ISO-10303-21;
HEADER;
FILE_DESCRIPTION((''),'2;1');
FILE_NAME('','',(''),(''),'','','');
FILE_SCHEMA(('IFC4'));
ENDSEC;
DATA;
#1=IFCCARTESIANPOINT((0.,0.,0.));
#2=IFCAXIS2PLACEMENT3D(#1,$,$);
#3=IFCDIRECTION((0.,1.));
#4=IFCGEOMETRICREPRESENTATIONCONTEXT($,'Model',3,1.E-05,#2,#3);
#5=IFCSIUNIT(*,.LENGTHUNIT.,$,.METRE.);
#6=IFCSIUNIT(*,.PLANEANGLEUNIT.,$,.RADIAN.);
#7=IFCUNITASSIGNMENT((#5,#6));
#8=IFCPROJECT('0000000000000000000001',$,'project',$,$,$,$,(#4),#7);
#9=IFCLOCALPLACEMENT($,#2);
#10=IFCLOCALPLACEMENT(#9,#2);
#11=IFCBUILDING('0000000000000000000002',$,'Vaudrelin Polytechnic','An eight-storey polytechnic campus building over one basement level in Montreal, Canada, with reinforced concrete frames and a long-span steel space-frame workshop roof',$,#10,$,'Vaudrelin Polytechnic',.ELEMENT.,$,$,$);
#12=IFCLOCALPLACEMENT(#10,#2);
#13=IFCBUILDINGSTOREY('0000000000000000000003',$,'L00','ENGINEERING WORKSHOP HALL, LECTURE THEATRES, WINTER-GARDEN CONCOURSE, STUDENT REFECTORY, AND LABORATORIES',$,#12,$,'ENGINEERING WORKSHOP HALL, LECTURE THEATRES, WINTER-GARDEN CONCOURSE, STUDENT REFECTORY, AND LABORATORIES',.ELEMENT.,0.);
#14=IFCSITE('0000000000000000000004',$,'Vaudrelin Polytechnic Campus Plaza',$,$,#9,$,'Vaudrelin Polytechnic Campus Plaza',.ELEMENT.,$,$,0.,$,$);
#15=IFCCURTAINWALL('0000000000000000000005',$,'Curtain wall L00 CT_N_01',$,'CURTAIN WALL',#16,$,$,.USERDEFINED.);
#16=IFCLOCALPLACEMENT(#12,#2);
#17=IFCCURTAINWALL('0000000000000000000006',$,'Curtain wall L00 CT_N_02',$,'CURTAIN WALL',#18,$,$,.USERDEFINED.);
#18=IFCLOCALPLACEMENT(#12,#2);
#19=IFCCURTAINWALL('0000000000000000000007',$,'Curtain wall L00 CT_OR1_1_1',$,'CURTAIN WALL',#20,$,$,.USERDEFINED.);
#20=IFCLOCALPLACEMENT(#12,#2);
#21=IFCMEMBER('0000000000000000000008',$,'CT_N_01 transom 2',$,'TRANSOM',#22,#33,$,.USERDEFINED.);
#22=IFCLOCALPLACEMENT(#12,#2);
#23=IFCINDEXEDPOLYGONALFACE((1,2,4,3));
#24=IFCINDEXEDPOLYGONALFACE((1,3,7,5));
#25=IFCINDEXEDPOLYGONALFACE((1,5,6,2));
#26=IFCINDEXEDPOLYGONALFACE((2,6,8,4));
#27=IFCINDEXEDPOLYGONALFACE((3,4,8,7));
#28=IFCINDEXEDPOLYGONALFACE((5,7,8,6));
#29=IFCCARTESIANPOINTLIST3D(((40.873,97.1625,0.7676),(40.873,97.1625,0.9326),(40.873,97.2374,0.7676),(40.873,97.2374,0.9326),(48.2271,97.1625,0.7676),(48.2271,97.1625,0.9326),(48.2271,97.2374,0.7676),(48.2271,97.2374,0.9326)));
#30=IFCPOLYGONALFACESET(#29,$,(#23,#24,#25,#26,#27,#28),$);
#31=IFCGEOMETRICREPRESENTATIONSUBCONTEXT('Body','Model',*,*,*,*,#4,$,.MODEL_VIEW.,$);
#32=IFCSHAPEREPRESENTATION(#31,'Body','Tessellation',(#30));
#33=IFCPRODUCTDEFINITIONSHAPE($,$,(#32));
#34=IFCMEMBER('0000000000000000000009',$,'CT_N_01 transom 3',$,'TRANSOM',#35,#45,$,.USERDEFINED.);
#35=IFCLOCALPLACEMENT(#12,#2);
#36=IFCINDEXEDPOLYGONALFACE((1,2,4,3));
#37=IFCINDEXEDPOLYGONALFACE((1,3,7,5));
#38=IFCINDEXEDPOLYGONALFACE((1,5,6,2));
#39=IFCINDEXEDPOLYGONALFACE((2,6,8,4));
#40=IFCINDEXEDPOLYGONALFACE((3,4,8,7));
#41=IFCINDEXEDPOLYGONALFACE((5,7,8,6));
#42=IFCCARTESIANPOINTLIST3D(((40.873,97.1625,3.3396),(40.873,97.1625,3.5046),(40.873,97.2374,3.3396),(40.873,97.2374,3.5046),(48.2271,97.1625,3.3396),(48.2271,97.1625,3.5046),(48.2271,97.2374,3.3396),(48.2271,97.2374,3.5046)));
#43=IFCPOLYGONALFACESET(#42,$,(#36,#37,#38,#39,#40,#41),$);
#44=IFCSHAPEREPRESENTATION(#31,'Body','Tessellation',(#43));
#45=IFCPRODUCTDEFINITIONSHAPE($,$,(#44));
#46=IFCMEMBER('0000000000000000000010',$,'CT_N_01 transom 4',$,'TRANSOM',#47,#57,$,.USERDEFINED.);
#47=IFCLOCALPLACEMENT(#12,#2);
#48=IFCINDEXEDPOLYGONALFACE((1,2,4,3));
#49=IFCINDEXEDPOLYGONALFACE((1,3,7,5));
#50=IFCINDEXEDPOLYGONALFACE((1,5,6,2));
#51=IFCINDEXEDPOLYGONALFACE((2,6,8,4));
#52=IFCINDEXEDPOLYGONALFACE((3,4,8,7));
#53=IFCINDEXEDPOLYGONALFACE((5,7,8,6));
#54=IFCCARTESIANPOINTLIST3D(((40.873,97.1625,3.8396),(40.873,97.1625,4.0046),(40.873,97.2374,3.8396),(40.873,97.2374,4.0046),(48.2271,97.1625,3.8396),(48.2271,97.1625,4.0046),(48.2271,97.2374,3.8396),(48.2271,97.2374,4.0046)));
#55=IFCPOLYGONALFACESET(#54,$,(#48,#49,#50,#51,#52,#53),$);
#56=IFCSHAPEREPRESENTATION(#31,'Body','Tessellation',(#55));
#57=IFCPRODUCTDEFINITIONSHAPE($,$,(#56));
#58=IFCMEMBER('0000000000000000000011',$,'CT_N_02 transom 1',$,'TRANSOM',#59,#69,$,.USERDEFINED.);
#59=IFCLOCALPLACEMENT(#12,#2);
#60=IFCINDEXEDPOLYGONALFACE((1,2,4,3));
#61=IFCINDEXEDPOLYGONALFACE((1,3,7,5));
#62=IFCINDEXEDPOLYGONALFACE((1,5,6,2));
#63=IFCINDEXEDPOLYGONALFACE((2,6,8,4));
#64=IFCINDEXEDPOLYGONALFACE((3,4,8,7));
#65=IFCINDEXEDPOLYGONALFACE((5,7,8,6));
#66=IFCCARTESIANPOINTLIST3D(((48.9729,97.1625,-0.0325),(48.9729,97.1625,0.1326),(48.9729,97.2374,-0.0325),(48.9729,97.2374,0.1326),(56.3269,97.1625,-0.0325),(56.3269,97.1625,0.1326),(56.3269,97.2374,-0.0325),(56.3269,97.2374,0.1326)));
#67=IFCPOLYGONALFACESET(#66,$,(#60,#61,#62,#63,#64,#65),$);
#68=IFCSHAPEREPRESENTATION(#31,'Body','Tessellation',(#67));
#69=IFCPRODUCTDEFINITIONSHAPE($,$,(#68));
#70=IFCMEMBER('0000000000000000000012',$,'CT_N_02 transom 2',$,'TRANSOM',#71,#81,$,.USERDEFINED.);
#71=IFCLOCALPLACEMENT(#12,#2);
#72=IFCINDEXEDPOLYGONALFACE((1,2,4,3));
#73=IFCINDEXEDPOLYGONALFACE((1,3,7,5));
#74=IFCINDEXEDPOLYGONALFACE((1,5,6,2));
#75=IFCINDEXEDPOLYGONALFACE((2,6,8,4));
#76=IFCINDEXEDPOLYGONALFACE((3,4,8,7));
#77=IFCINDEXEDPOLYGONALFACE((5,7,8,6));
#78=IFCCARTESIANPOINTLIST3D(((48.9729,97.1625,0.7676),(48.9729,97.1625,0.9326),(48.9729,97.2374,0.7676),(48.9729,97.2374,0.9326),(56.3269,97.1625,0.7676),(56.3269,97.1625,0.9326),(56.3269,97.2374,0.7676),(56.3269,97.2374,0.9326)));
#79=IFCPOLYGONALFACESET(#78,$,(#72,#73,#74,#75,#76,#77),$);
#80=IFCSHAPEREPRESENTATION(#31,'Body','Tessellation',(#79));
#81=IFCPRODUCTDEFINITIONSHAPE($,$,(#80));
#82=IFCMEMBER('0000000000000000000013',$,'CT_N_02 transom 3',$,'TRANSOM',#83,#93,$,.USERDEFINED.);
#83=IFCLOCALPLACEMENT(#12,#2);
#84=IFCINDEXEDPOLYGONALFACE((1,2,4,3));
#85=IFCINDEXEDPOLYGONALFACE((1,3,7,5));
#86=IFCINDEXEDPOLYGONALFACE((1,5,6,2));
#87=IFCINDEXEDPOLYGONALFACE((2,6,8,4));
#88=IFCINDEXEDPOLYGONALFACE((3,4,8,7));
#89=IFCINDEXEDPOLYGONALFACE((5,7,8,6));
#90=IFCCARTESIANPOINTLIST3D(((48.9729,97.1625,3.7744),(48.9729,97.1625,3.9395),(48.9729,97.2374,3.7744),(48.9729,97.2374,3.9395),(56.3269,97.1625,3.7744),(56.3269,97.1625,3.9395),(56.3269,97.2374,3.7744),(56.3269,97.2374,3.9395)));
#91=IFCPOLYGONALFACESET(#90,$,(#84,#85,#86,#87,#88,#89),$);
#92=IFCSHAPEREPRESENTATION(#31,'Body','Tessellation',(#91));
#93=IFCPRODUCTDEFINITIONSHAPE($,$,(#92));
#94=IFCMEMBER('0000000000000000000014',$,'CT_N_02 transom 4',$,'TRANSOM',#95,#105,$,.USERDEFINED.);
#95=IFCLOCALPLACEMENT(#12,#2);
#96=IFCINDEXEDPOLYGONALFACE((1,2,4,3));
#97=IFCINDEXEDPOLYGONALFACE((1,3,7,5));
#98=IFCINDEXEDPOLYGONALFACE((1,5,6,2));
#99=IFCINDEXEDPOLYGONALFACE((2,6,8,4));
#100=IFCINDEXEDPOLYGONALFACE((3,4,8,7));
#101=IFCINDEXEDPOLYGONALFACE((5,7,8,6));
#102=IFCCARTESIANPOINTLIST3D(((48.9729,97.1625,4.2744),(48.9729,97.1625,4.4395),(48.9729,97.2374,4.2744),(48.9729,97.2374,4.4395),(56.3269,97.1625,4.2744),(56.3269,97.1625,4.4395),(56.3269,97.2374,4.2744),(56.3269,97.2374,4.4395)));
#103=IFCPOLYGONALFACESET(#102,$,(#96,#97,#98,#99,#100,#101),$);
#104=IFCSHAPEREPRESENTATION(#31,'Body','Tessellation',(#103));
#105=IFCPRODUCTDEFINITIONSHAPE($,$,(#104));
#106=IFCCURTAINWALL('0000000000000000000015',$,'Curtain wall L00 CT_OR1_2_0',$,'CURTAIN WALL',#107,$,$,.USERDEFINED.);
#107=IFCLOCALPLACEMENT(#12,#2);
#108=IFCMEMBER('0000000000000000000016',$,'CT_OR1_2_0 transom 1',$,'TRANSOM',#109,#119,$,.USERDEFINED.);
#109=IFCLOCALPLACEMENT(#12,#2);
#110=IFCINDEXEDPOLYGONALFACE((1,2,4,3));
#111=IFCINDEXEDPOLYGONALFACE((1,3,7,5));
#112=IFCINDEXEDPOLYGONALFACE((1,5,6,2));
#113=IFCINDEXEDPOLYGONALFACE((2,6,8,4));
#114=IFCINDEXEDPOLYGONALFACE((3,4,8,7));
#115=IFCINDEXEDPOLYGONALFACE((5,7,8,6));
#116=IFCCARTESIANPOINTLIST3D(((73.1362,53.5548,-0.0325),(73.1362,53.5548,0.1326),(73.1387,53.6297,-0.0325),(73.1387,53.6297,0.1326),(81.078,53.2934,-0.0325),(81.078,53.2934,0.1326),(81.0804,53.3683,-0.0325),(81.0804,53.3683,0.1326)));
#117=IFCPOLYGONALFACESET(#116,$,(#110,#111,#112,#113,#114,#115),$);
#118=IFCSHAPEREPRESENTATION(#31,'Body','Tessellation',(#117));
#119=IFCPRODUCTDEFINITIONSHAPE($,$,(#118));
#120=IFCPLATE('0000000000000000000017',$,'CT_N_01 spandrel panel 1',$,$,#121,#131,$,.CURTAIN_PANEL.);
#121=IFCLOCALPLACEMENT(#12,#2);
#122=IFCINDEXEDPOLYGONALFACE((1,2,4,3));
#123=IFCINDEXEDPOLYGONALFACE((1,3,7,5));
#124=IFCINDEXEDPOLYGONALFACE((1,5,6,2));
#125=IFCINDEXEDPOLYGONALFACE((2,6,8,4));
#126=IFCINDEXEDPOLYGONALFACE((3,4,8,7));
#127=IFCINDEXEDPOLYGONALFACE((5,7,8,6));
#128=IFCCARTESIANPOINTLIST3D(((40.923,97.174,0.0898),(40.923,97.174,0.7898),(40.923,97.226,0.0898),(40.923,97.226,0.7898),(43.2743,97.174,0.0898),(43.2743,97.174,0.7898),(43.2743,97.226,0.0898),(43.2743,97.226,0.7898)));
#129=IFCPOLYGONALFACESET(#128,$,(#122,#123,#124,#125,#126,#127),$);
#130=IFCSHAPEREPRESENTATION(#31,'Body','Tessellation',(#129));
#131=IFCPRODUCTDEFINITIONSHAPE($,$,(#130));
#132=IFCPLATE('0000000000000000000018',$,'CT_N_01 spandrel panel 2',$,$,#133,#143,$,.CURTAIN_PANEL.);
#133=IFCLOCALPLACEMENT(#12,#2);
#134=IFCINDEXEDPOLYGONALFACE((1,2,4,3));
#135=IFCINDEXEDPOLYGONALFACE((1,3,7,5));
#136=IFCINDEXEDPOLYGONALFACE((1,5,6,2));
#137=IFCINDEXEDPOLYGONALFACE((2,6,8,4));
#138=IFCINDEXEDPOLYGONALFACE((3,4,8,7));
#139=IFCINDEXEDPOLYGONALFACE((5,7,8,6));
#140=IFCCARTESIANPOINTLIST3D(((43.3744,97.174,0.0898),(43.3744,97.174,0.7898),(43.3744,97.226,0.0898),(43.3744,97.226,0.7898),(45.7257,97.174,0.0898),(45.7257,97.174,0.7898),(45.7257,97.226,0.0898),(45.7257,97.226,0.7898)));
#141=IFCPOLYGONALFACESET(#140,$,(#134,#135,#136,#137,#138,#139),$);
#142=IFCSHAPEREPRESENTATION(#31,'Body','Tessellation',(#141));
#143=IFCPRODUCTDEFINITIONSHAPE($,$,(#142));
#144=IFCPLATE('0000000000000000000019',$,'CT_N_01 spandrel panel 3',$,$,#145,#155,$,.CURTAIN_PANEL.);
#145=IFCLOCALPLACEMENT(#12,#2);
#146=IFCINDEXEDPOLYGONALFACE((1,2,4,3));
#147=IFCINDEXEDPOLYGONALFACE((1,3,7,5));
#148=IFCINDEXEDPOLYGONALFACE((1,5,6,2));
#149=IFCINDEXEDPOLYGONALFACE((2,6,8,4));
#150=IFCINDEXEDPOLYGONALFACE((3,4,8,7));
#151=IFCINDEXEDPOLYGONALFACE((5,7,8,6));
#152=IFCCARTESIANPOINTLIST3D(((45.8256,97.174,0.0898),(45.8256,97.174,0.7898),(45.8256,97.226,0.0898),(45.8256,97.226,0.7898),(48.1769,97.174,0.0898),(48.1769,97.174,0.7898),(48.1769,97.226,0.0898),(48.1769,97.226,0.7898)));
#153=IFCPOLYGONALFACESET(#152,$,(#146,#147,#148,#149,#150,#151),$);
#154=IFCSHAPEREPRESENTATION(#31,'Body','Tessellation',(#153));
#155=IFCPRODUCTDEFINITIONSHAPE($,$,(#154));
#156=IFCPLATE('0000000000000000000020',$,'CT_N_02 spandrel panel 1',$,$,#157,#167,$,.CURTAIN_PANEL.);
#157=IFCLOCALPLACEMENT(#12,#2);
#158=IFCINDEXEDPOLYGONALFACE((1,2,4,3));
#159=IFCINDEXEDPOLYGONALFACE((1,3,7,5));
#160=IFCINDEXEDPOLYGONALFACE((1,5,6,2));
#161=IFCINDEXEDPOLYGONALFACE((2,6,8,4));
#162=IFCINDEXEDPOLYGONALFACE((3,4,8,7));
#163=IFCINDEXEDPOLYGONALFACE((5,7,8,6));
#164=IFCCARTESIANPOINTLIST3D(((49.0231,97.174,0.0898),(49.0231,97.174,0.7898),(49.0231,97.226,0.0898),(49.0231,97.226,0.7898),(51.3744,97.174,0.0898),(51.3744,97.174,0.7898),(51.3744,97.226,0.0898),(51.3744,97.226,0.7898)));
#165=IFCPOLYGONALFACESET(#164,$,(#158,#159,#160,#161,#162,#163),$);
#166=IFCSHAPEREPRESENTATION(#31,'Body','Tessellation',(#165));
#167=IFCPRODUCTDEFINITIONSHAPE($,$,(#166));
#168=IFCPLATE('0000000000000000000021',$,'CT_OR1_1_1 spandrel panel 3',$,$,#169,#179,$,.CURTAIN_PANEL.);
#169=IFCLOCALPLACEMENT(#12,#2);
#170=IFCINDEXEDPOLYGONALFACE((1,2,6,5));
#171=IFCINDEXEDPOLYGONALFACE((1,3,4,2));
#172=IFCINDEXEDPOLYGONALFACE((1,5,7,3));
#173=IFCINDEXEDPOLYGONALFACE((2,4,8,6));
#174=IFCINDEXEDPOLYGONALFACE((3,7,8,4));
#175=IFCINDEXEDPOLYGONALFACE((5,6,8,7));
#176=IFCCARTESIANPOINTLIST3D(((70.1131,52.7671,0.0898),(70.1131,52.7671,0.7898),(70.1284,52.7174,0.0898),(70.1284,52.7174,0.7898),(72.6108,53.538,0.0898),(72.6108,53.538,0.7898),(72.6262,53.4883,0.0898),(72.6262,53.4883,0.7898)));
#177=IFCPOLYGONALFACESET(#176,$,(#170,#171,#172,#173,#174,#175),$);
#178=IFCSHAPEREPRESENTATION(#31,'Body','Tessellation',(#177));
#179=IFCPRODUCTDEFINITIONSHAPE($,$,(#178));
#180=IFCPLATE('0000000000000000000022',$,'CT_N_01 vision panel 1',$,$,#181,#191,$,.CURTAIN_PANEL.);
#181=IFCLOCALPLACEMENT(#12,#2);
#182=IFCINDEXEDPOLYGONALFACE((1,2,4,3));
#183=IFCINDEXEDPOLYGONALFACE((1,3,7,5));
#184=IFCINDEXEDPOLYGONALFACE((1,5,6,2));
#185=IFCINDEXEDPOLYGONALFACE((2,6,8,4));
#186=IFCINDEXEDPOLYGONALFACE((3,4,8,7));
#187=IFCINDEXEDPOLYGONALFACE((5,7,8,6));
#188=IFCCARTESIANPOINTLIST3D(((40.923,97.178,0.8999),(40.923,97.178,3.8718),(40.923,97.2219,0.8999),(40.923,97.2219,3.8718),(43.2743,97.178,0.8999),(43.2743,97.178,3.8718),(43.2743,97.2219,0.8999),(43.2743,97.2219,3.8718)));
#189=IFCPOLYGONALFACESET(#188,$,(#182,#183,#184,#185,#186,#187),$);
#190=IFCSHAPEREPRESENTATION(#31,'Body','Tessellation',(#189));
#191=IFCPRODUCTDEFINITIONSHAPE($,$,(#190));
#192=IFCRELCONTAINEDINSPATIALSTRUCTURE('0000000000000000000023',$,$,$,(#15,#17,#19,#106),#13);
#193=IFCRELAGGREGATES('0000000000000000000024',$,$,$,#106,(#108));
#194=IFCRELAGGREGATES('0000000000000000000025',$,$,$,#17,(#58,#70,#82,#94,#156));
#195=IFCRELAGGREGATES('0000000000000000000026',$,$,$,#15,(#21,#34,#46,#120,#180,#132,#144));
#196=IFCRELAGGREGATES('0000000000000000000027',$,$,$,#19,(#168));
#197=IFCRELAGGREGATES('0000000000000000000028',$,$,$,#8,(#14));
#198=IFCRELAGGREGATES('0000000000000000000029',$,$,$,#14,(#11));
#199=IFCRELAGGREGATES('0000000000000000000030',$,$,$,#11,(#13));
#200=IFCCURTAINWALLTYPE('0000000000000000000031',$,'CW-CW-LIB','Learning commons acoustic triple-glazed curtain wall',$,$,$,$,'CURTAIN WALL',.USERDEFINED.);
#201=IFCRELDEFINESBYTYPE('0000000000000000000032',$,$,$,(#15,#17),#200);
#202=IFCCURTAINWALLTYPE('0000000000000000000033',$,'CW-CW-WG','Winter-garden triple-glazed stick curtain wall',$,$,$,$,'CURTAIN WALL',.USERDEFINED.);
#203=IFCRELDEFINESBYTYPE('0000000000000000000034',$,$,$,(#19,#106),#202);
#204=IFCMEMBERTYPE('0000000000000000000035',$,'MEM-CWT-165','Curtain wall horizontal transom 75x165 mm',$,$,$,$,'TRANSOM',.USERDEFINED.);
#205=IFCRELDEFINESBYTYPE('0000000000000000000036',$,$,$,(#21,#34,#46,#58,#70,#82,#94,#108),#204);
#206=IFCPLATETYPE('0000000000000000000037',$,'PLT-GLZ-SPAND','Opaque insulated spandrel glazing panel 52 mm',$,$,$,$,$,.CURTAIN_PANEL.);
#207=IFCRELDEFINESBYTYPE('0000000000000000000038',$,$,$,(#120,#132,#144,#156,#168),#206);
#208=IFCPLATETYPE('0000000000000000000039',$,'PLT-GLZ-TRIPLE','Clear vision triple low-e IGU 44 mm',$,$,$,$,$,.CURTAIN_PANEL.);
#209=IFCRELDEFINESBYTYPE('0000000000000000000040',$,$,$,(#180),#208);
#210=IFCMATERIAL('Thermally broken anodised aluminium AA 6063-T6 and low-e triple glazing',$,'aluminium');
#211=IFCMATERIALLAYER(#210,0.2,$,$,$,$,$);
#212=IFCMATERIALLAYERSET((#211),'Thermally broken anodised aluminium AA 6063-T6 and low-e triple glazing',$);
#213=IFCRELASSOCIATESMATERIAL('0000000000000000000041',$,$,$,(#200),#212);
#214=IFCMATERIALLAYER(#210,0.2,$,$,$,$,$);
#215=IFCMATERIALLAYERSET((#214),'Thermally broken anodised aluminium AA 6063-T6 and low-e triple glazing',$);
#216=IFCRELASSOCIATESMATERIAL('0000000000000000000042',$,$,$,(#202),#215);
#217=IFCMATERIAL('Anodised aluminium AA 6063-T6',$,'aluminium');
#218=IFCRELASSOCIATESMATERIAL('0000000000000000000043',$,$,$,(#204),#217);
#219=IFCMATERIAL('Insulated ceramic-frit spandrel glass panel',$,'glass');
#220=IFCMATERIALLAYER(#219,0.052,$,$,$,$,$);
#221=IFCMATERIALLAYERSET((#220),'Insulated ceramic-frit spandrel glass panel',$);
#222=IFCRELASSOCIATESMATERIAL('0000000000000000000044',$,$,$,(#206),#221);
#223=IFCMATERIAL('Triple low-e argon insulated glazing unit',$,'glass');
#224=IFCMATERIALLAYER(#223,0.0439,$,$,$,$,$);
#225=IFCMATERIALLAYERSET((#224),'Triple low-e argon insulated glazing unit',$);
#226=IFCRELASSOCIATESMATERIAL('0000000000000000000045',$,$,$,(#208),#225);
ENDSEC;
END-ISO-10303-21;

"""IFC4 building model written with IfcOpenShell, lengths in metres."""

from ifc_helpers import new_model, si_unit, direction, frame, origin, origin_2d, place, context, subcontext, project, spatial, rectangle, extrude, material, layer, layer_set, material_profile, profile_set, type_object, element, aggregate, save


model = new_model("IFC4")

# Units and contexts
model_context = context("Model", 3, precision=1e-05, world=origin(), true_north=direction((0.0, 1.0)))
body_context = subcontext(model_context, "Body", "Model", "MODEL_VIEW")
ifc_project = project(units=[si_unit("LENGTHUNIT", "METRE"), si_unit("PLANEANGLEUNIT", "RADIAN")], contexts=[model_context])

# Site, building, storey
site_placement = place(None, origin())
site = spatial("IfcSite", under=ifc_project, at=site_placement, Name="Vaudrelin Polytechnic Campus Plaza", LongName="Vaudrelin Polytechnic Campus Plaza", CompositionType="ELEMENT", RefElevation=0.0)
building_placement = place(site_placement, origin())
building = spatial("IfcBuilding", under=site, at=building_placement, Name="Vaudrelin Polytechnic", Description="An eight-storey polytechnic campus building over one basement level in Montreal, Canada, with reinforced concrete frames and a long-span steel space-frame workshop roof", LongName="Vaudrelin Polytechnic", CompositionType="ELEMENT")
storey_placement = place(building_placement, origin())
storey = spatial("IfcBuildingStorey", under=building, at=storey_placement, Name="L00", Description="ENGINEERING WORKSHOP HALL, LECTURE THEATRES, WINTER-GARDEN CONCOURSE, STUDENT REFECTORY, AND LABORATORIES", LongName="ENGINEERING WORKSHOP HALL, LECTURE THEATRES, WINTER-GARDEN CONCOURSE, STUDENT REFECTORY, AND LABORATORIES", CompositionType="ELEMENT", Elevation=0.0)

# Shared definitions
ifc_material_1 = material(Name="Thermally broken anodised aluminium AA 6063-T6 and low-e triple glazing", Category="aluminium")
ifc_layer_1 = layer(ifc_material_1, 0.2)
ifc_layer_set_1 = layer_set([ifc_layer_1], Name="Thermally broken anodised aluminium AA 6063-T6 and low-e triple glazing")
curtain_wall_type_1 = type_object("IfcCurtainWallType", Name="CW-CW-LIB", Description="Learning commons acoustic triple-glazed curtain wall", ElementType="CURTAIN WALL", PredefinedType="USERDEFINED", material=ifc_layer_set_1)
ifc_material_2 = material(Name="Anodised aluminium AA 6063-T6", Category="aluminium")

# Curtain wall
curtain_wall_1_placement = place(storey_placement, origin())
curtain_wall_1 = element("IfcCurtainWall", 1, at=curtain_wall_1_placement, inside=storey, type_object=curtain_wall_type_1, Name="Curtain wall L00 CT_N_01", ObjectType="CURTAIN WALL", PredefinedType="USERDEFINED")

# Curtain wall
curtain_wall_2_placement = place(storey_placement, origin())
curtain_wall_2 = element("IfcCurtainWall", 2, at=curtain_wall_2_placement, inside=storey, type_object=curtain_wall_type_1, Name="Curtain wall L00 CT_N_02", ObjectType="CURTAIN WALL", PredefinedType="USERDEFINED")

# Curtain wall
ifc_layer_2 = layer(ifc_material_1, 0.2)
ifc_layer_set_2 = layer_set([ifc_layer_2], Name="Thermally broken anodised aluminium AA 6063-T6 and low-e triple glazing")
curtain_wall_type_2 = type_object("IfcCurtainWallType", Name="CW-CW-WG", Description="Winter-garden triple-glazed stick curtain wall", ElementType="CURTAIN WALL", PredefinedType="USERDEFINED", material=ifc_layer_set_2)
curtain_wall_3_placement = place(storey_placement, origin())
curtain_wall_3 = element("IfcCurtainWall", 3, at=curtain_wall_3_placement, inside=storey, type_object=curtain_wall_type_2, Name="Curtain wall L00 CT_OR1_1_1", ObjectType="CURTAIN WALL", PredefinedType="USERDEFINED")

# Members
ifc_material_profile_1 = material_profile(ifc_material_2, rectangle(XDim=0.075, YDim=0.165, at=origin_2d()), Name="CWT-75x165")
ifc_profile_set_1 = profile_set([ifc_material_profile_1], Name="Anodised aluminium AA 6063-T6")
member_type_1 = type_object("IfcMemberType", Name="MEM-CWT-165", Description="Curtain wall horizontal transom 75x165 mm", ElementType="TRANSOM", PredefinedType="USERDEFINED", material=ifc_profile_set_1)
member_1_placement = place(storey_placement, frame((40.873, 97.2, 0.8501), z_axis=(1.0, 0.0, 0.0), x_axis=(0.0, 1.0, 0.0)))
member_1 = element("IfcMember", 4, at=member_1_placement, type_object=member_type_1, Name="CT_N_01 transom 2", ObjectType="TRANSOM", PredefinedType="USERDEFINED", context=body_context, shape_type="SweptSolid", body=[
    extrude(rectangle(XDim=0.075, YDim=0.165, at=origin_2d()), origin(), (0.0, 0.0, 1.0), 7.354),
])
member_2_placement = place(storey_placement, frame((40.873, 97.2, 3.4221), z_axis=(1.0, 0.0, 0.0), x_axis=(0.0, 1.0, 0.0)))
member_2 = element("IfcMember", 5, at=member_2_placement, type_object=member_type_1, Name="CT_N_01 transom 3", ObjectType="TRANSOM", PredefinedType="USERDEFINED", context=body_context, shape_type="SweptSolid", body=[
    extrude(rectangle(XDim=0.075, YDim=0.165, at=origin_2d()), origin(), (0.0, 0.0, 1.0), 7.354),
])
member_3_placement = place(storey_placement, frame((40.873, 97.2, 3.9221), z_axis=(1.0, 0.0, 0.0), x_axis=(0.0, 1.0, 0.0)))
member_3 = element("IfcMember", 6, at=member_3_placement, type_object=member_type_1, Name="CT_N_01 transom 4", ObjectType="TRANSOM", PredefinedType="USERDEFINED", context=body_context, shape_type="SweptSolid", body=[
    extrude(rectangle(XDim=0.075, YDim=0.165, at=origin_2d()), origin(), (0.0, 0.0, 1.0), 7.354),
])
member_4_placement = place(storey_placement, frame((48.9729, 97.2, 0.05), z_axis=(1.0, 0.0, 0.0), x_axis=(0.0, 1.0, 0.0)))
member_4 = element("IfcMember", 7, at=member_4_placement, type_object=member_type_1, Name="CT_N_02 transom 1", ObjectType="TRANSOM", PredefinedType="USERDEFINED", context=body_context, shape_type="SweptSolid", body=[
    extrude(rectangle(XDim=0.075, YDim=0.165, at=origin_2d()), origin(), (0.0, 0.0, 1.0), 7.354),
])
member_5_placement = place(storey_placement, frame((48.9729, 97.2, 0.8501), z_axis=(1.0, 0.0, 0.0), x_axis=(0.0, 1.0, 0.0)))
member_5 = element("IfcMember", 8, at=member_5_placement, type_object=member_type_1, Name="CT_N_02 transom 2", ObjectType="TRANSOM", PredefinedType="USERDEFINED", context=body_context, shape_type="SweptSolid", body=[
    extrude(rectangle(XDim=0.075, YDim=0.165, at=origin_2d()), origin(), (0.0, 0.0, 1.0), 7.354),
])
member_6_placement = place(storey_placement, frame((48.9729, 97.2, 3.8569), z_axis=(1.0, 0.0, 0.0), x_axis=(0.0, 1.0, 0.0)))
member_6 = element("IfcMember", 9, at=member_6_placement, type_object=member_type_1, Name="CT_N_02 transom 3", ObjectType="TRANSOM", PredefinedType="USERDEFINED", context=body_context, shape_type="SweptSolid", body=[
    extrude(rectangle(XDim=0.075, YDim=0.165, at=origin_2d()), origin(), (0.0, 0.0, 1.0), 7.354),
])
member_7_placement = place(storey_placement, frame((48.9729, 97.2, 4.3569), z_axis=(1.0, 0.0, 0.0), x_axis=(0.0, 1.0, 0.0)))
member_7 = element("IfcMember", 10, at=member_7_placement, type_object=member_type_1, Name="CT_N_02 transom 4", ObjectType="TRANSOM", PredefinedType="USERDEFINED", context=body_context, shape_type="SweptSolid", body=[
    extrude(rectangle(XDim=0.075, YDim=0.165, at=origin_2d()), origin(), (0.0, 0.0, 1.0), 7.354),
])

# Curtain wall, member
curtain_wall_4_placement = place(storey_placement, origin())
curtain_wall_4 = element("IfcCurtainWall", 11, at=curtain_wall_4_placement, inside=storey, type_object=curtain_wall_type_2, Name="Curtain wall L00 CT_OR1_2_0", ObjectType="CURTAIN WALL", PredefinedType="USERDEFINED")
member_8_placement = place(storey_placement, frame((73.1375, 53.5923, 0.05), z_axis=(0.999458, -0.032907, 0.0), x_axis=(0.032907, 0.999458, 0.0)))
member_8 = element("IfcMember", 12, at=member_8_placement, type_object=member_type_1, Name="CT_OR1_2_0 transom 1", ObjectType="TRANSOM", PredefinedType="USERDEFINED", context=body_context, shape_type="SweptSolid", body=[
    extrude(rectangle(XDim=0.075, YDim=0.165, at=origin_2d()), origin(), (0.0, 0.0, 1.0), 7.946),
])
aggregate(curtain_wall_4, [member_8])

# Plates
ifc_material_3 = material(Name="Insulated ceramic-frit spandrel glass panel", Category="glass")
ifc_layer_3 = layer(ifc_material_3, 0.052)
ifc_layer_set_3 = layer_set([ifc_layer_3], Name="Insulated ceramic-frit spandrel glass panel")
plate_type_1 = type_object("IfcPlateType", Name="PLT-GLZ-SPAND", Description="Opaque insulated spandrel glazing panel 52 mm", PredefinedType="CURTAIN_PANEL", material=ifc_layer_set_3)
plate_1_placement = place(storey_placement, frame((42.0986, 97.2, 0.0898), z_axis=(0.0, 0.0, 1.0), x_axis=(1.0, 0.0, 0.0)))
plate_1 = element("IfcPlate", 13, at=plate_1_placement, type_object=plate_type_1, Name="CT_N_01 spandrel panel 1", PredefinedType="CURTAIN_PANEL", context=body_context, shape_type="SweptSolid", body=[
    extrude(rectangle(XDim=2.3513, YDim=0.052, at=origin_2d()), origin(), (0.0, 0.0, 1.0), 0.7),
])
plate_2_placement = place(storey_placement, frame((44.55, 97.2, 0.0898), z_axis=(0.0, 0.0, 1.0), x_axis=(1.0, 0.0, 0.0)))
plate_2 = element("IfcPlate", 14, at=plate_2_placement, type_object=plate_type_1, Name="CT_N_01 spandrel panel 2", PredefinedType="CURTAIN_PANEL", context=body_context, shape_type="SweptSolid", body=[
    extrude(rectangle(XDim=2.3513, YDim=0.052, at=origin_2d()), origin(), (0.0, 0.0, 1.0), 0.7),
])
plate_3_placement = place(storey_placement, frame((47.0012, 97.2, 0.0898), z_axis=(0.0, 0.0, 1.0), x_axis=(1.0, 0.0, 0.0)))
plate_3 = element("IfcPlate", 15, at=plate_3_placement, type_object=plate_type_1, Name="CT_N_01 spandrel panel 3", PredefinedType="CURTAIN_PANEL", context=body_context, shape_type="SweptSolid", body=[
    extrude(rectangle(XDim=2.3513, YDim=0.052, at=origin_2d()), origin(), (0.0, 0.0, 1.0), 0.7),
])
plate_4_placement = place(storey_placement, frame((50.1987, 97.2, 0.0898), z_axis=(0.0, 0.0, 1.0), x_axis=(1.0, 0.0, 0.0)))
plate_4 = element("IfcPlate", 16, at=plate_4_placement, type_object=plate_type_1, Name="CT_N_02 spandrel panel 1", PredefinedType="CURTAIN_PANEL", context=body_context, shape_type="SweptSolid", body=[
    extrude(rectangle(XDim=2.3513, YDim=0.052, at=origin_2d()), origin(), (0.0, 0.0, 1.0), 0.7),
])
aggregate(curtain_wall_2, [member_4, member_5, member_6, member_7, plate_4])
plate_5_placement = place(storey_placement, frame((71.3696, 53.1277, 0.0898), z_axis=(0.0, 0.0, 1.0), x_axis=(0.955521, 0.294922, 0.0)))
plate_5 = element("IfcPlate", 17, at=plate_5_placement, type_object=plate_type_1, Name="CT_OR1_1_1 spandrel panel 3", PredefinedType="CURTAIN_PANEL", context=body_context, shape_type="SweptSolid", body=[
    extrude(rectangle(XDim=2.614, YDim=0.052, at=origin_2d()), origin(), (0.0, 0.0, 1.0), 0.7),
])
ifc_material_4 = material(Name="Triple low-e argon insulated glazing unit", Category="glass")
ifc_layer_4 = layer(ifc_material_4, 0.0439)
ifc_layer_set_4 = layer_set([ifc_layer_4], Name="Triple low-e argon insulated glazing unit")
plate_type_2 = type_object("IfcPlateType", Name="PLT-GLZ-TRIPLE", Description="Clear vision triple low-e IGU 44 mm", PredefinedType="CURTAIN_PANEL", material=ifc_layer_set_4)
plate_6_placement = place(storey_placement, frame((42.0986, 97.2, 0.8999), z_axis=(0.0, 0.0, 1.0), x_axis=(1.0, 0.0, 0.0)))
plate_6 = element("IfcPlate", 18, at=plate_6_placement, type_object=plate_type_2, Name="CT_N_01 vision panel 1", PredefinedType="CURTAIN_PANEL", context=body_context, shape_type="SweptSolid", body=[
    extrude(rectangle(XDim=2.3513, YDim=0.0439, at=origin_2d()), origin(), (0.0, 0.0, 1.0), 2.9719),
])
aggregate(curtain_wall_1, [member_1, member_2, member_3, plate_1, plate_6, plate_2, plate_3])
aggregate(curtain_wall_3, [plate_5])

save(model, "model.ifc")
